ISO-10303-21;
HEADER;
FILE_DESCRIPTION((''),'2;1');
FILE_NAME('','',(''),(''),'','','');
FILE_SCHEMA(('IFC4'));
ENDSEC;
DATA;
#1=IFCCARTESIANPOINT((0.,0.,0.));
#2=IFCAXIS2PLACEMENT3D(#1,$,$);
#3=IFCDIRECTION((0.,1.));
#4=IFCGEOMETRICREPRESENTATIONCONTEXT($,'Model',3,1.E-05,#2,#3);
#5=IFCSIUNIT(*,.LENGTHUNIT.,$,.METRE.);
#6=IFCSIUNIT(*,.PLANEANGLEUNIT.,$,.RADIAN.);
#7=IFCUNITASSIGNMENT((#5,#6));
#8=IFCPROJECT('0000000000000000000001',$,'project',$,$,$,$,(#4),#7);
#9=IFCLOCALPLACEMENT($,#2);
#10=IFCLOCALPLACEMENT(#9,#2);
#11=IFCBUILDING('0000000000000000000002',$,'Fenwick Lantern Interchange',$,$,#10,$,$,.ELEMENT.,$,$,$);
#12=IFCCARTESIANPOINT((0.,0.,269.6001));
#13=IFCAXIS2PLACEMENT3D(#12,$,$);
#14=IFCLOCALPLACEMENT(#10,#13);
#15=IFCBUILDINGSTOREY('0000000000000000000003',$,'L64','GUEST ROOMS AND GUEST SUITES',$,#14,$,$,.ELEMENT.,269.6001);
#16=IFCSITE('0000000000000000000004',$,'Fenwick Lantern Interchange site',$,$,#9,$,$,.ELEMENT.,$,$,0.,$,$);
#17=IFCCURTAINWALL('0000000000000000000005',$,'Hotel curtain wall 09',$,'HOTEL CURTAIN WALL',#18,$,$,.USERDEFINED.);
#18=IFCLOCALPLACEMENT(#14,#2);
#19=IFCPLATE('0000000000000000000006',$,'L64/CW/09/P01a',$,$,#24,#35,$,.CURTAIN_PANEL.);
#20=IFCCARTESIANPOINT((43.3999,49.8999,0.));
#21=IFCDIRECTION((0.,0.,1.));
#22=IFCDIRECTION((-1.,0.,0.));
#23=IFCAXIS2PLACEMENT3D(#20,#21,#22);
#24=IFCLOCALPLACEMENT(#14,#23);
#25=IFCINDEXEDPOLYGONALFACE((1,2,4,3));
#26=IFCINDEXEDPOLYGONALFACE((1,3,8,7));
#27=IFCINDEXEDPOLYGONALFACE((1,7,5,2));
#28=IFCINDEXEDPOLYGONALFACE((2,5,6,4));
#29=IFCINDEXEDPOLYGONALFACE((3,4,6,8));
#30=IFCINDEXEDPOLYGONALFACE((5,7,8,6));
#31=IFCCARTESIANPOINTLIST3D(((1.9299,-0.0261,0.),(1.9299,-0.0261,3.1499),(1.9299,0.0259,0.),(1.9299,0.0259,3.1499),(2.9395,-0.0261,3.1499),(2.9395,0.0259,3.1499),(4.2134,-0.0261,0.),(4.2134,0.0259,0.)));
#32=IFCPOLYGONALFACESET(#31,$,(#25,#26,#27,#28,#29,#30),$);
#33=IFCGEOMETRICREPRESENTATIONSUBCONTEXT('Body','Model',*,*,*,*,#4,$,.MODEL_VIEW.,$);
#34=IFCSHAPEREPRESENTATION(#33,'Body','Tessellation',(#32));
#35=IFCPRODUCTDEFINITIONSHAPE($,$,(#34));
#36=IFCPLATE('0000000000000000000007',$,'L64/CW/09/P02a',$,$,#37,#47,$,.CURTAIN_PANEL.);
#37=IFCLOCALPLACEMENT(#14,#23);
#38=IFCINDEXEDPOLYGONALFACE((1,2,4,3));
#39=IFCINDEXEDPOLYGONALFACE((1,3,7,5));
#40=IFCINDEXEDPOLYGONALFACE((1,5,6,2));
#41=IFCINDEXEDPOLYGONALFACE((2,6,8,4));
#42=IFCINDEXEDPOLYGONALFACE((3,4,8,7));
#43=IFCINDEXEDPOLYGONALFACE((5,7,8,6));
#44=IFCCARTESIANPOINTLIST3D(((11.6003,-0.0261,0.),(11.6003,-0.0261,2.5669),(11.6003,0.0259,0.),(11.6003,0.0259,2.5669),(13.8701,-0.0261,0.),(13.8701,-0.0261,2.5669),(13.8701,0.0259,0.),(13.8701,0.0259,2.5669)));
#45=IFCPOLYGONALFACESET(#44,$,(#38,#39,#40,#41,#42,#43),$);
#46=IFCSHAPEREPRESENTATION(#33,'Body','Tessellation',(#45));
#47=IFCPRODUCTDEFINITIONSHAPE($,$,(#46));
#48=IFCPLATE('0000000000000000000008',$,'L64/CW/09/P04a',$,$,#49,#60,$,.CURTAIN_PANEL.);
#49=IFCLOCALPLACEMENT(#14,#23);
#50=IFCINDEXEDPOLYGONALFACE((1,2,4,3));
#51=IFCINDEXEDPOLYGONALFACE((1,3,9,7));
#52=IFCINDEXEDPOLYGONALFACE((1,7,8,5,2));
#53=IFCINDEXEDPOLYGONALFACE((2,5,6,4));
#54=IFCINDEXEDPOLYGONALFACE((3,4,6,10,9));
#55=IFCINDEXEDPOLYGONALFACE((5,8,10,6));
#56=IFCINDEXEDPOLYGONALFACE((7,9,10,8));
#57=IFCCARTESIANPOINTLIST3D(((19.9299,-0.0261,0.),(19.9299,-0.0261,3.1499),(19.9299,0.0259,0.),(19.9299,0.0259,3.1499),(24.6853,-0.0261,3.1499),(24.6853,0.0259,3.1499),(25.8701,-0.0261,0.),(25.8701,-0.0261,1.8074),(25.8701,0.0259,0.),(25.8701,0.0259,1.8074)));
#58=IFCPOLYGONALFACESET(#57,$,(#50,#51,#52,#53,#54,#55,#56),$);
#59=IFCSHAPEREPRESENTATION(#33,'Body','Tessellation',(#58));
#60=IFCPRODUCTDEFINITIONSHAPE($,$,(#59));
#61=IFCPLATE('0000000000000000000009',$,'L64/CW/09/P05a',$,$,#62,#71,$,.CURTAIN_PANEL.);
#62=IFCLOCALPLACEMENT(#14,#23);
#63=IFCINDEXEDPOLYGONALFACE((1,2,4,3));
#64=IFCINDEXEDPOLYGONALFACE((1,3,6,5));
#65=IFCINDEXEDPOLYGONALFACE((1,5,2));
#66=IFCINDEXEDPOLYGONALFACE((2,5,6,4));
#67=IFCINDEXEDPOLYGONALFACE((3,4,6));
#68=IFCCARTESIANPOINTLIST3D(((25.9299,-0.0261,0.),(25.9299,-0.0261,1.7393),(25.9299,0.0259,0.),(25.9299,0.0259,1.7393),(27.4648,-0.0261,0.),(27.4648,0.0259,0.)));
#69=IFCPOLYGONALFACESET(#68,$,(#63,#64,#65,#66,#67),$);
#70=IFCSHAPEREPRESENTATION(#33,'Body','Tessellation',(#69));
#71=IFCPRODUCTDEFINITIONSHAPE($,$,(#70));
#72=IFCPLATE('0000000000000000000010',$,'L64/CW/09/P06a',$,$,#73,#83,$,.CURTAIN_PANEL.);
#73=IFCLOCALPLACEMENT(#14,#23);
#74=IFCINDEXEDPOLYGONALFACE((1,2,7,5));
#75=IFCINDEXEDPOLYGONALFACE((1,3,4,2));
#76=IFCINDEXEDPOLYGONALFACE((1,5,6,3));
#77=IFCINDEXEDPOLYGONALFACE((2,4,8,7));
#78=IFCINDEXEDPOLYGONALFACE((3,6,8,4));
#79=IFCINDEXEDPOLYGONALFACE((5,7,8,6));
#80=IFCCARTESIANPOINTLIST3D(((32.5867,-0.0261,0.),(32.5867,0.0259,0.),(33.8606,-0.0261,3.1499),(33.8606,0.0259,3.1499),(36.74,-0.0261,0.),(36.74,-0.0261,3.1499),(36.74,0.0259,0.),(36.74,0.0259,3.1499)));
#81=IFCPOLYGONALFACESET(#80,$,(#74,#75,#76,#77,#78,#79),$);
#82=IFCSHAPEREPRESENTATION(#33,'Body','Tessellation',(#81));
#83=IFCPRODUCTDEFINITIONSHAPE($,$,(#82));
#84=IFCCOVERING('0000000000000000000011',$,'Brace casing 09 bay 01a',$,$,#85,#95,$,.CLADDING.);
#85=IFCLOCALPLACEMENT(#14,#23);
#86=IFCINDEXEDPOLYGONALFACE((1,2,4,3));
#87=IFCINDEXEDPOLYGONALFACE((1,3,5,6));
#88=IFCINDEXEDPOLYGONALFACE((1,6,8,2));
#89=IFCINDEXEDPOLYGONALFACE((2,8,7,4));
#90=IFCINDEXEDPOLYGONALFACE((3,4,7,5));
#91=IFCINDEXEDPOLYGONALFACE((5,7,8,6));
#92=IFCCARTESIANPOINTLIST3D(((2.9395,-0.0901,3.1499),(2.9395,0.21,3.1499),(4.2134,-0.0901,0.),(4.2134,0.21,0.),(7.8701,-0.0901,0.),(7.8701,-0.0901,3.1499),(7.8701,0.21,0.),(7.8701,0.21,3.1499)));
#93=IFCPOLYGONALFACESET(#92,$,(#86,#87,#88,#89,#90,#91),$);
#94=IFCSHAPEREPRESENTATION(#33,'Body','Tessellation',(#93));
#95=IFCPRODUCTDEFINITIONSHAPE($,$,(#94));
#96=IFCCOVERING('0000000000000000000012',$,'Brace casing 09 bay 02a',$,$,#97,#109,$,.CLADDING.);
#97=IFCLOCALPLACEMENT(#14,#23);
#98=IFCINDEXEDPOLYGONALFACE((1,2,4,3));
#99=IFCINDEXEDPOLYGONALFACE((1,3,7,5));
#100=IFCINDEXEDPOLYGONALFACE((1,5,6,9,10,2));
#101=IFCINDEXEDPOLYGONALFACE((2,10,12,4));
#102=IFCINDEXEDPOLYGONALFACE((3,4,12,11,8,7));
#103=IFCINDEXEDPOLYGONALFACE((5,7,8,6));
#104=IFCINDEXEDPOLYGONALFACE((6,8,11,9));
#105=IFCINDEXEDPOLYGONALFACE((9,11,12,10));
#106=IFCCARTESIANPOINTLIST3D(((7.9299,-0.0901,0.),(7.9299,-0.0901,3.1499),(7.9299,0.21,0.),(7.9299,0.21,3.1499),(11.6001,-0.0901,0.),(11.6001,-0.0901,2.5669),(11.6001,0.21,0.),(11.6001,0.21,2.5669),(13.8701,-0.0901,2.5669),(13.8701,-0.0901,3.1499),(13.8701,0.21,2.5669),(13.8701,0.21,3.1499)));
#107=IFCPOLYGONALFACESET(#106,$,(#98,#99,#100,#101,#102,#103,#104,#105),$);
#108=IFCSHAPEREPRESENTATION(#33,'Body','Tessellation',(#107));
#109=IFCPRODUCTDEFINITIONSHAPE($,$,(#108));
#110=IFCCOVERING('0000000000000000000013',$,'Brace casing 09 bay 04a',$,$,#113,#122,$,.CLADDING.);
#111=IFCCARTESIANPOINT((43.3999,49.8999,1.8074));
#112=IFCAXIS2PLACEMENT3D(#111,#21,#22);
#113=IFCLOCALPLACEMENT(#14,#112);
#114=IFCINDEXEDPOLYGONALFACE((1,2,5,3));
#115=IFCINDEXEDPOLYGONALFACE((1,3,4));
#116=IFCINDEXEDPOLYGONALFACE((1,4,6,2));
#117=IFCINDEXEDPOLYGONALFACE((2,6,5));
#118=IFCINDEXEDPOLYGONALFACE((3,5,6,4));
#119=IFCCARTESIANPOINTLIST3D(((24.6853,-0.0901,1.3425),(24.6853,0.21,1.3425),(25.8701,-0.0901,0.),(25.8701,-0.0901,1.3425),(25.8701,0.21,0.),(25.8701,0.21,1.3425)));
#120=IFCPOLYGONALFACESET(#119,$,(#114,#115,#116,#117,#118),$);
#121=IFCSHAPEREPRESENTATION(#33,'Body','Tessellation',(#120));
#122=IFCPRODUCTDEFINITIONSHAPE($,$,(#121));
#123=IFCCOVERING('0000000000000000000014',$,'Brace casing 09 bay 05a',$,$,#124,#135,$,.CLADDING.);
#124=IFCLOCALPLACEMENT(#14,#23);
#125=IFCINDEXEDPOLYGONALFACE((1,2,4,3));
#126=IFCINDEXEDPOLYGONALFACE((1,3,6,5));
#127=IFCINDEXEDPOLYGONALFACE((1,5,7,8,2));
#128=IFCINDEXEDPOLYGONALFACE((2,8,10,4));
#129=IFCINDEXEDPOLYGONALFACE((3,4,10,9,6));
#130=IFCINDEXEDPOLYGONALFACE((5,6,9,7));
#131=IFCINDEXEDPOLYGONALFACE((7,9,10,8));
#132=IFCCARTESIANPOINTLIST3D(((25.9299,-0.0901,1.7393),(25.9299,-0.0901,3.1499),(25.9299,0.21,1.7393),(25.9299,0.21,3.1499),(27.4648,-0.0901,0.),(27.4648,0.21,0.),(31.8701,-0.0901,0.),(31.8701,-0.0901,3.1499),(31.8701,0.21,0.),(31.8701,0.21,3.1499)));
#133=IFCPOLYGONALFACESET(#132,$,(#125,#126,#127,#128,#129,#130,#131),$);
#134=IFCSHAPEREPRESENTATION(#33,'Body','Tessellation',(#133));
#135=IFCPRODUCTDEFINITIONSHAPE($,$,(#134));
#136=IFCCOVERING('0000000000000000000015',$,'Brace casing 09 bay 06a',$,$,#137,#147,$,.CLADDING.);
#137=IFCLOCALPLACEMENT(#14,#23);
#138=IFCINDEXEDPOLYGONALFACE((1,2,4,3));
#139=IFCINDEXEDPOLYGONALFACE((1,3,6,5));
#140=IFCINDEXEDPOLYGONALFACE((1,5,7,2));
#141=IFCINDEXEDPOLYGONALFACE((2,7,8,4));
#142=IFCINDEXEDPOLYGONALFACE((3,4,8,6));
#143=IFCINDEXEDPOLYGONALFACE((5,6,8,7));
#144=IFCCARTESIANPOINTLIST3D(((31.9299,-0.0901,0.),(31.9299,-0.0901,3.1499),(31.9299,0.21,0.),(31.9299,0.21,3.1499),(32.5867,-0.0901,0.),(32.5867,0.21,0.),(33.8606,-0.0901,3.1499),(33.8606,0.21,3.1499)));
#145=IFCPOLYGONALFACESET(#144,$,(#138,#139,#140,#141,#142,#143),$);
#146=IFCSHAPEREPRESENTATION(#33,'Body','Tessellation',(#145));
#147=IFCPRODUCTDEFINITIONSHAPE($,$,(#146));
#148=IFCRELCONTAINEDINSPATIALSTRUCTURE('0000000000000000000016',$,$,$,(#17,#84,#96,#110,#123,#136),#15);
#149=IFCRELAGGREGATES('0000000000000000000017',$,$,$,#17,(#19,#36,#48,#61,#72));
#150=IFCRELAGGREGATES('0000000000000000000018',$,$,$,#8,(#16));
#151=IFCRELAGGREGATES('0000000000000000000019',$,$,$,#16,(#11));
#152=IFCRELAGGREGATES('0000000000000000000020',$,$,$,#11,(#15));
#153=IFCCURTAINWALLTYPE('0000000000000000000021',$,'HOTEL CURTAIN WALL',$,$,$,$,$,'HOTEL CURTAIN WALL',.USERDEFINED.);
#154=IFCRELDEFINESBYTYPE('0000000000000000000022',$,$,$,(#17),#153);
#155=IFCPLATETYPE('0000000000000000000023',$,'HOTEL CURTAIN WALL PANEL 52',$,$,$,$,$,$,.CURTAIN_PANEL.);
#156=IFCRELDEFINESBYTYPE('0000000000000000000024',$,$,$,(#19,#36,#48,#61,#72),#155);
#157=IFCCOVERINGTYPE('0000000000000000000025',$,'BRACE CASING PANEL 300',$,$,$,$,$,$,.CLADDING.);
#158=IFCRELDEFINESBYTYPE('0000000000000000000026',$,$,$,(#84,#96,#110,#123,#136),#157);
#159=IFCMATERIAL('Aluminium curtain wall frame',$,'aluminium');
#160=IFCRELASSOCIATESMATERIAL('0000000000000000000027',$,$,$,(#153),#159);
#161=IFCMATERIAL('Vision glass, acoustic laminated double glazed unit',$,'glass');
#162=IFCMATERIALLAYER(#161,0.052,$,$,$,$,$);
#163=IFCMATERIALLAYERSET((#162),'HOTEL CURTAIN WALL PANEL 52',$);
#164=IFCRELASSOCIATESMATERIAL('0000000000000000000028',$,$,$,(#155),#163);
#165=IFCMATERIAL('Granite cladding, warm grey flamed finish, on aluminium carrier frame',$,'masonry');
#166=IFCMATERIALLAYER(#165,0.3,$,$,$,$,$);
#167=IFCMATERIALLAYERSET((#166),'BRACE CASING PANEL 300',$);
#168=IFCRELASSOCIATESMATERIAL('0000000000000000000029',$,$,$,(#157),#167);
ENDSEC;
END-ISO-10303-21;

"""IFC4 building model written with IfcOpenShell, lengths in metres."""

from ifc_helpers import new_model, si_unit, direction, frame, origin, place, context, subcontext, project, spatial, polyline, outline, extrude, material, layer, layer_set, type_object, element, aggregate, save


model = new_model("IFC4")

# Units and contexts
model_context = context("Model", 3, precision=1e-05, world=origin(), true_north=direction((0.0, 1.0)))
body_context = subcontext(model_context, "Body", "Model", "MODEL_VIEW")
ifc_project = project(units=[si_unit("LENGTHUNIT", "METRE"), si_unit("PLANEANGLEUNIT", "RADIAN")], contexts=[model_context])

# Site, building, storey
site_placement = place(None, origin())
site = spatial("IfcSite", under=ifc_project, at=site_placement, Name="Fenwick Lantern Interchange site", CompositionType="ELEMENT", RefElevation=0.0)
building_placement = place(site_placement, origin())
building = spatial("IfcBuilding", under=site, at=building_placement, Name="Fenwick Lantern Interchange", CompositionType="ELEMENT")
storey_placement = place(building_placement, frame((0.0, 0.0, 269.6001)))
storey = spatial("IfcBuildingStorey", under=building, at=storey_placement, Name="L64", Description="GUEST ROOMS AND GUEST SUITES", CompositionType="ELEMENT", Elevation=269.6001)

# Curtain wall
ifc_material_1 = material(Name="Aluminium curtain wall frame", Category="aluminium")
curtain_wall_type = type_object("IfcCurtainWallType", Name="HOTEL CURTAIN WALL", ElementType="HOTEL CURTAIN WALL", PredefinedType="USERDEFINED", material=ifc_material_1)
curtain_wall_1_placement = place(storey_placement, origin())
curtain_wall_1 = element("IfcCurtainWall", 1, at=curtain_wall_1_placement, inside=storey, type_object=curtain_wall_type, Name="Hotel curtain wall 09", ObjectType="HOTEL CURTAIN WALL", PredefinedType="USERDEFINED")

# Plates
ifc_material_2 = material(Name="Vision glass, acoustic laminated double glazed unit", Category="glass")
ifc_layer_1 = layer(ifc_material_2, 0.052)
ifc_layer_set_1 = layer_set([ifc_layer_1], Name="HOTEL CURTAIN WALL PANEL 52")
plate_type = type_object("IfcPlateType", Name="HOTEL CURTAIN WALL PANEL 52", PredefinedType="CURTAIN_PANEL", material=ifc_layer_set_1)
plate_1_placement = place(storey_placement, frame((43.3999, 49.8999, 0.0), z_axis=(0.0, 0.0, 1.0), x_axis=(-1.0, 0.0, 0.0)))
plate_1 = element("IfcPlate", 2, at=plate_1_placement, type_object=plate_type, Name="L64/CW/09/P01a", PredefinedType="CURTAIN_PANEL", context=body_context, shape_type="SweptSolid", body=[
    extrude(outline(polyline([(1.9299, 0.0), (4.2134, 0.0), (2.9395, 3.1499), (1.9299, 3.1499), (1.9299, 0.0)])), frame((0.0, 0.0259, 0.0), z_axis=(0.0, -1.0, 0.0), x_axis=(1.0, 0.0, 0.0)), (0.0, 0.0, 1.0), 0.052),
])
plate_2_placement = place(storey_placement, frame((43.3999, 49.8999, 0.0), z_axis=(0.0, 0.0, 1.0), x_axis=(-1.0, 0.0, 0.0)))
plate_2 = element("IfcPlate", 3, at=plate_2_placement, type_object=plate_type, Name="L64/CW/09/P02a", PredefinedType="CURTAIN_PANEL", context=body_context, shape_type="SweptSolid", body=[
    extrude(outline(polyline([(11.6003, 0.0), (13.8701, 0.0), (13.8701, 2.5669), (11.6003, 2.5669), (11.6003, 0.0)])), frame((0.0, 0.0259, 0.0), z_axis=(0.0, -1.0, 0.0), x_axis=(1.0, 0.0, 0.0)), (0.0, 0.0, 1.0), 0.052),
])
plate_3_placement = place(storey_placement, frame((43.3999, 49.8999, 0.0), z_axis=(0.0, 0.0, 1.0), x_axis=(-1.0, 0.0, 0.0)))
plate_3 = element("IfcPlate", 4, at=plate_3_placement, type_object=plate_type, Name="L64/CW/09/P04a", PredefinedType="CURTAIN_PANEL", context=body_context, shape_type="SweptSolid", body=[
    extrude(outline(polyline([(19.9299, 0.0), (25.8701, 0.0), (25.8701, 1.8074), (24.6853, 3.1499), (19.9299, 3.1499), (19.9299, 0.0)])), frame((0.0, 0.0259, 0.0), z_axis=(0.0, -1.0, 0.0), x_axis=(1.0, 0.0, 0.0)), (0.0, 0.0, 1.0), 0.052),
])
plate_4_placement = place(storey_placement, frame((43.3999, 49.8999, 0.0), z_axis=(0.0, 0.0, 1.0), x_axis=(-1.0, 0.0, 0.0)))
plate_4 = element("IfcPlate", 5, at=plate_4_placement, type_object=plate_type, Name="L64/CW/09/P05a", PredefinedType="CURTAIN_PANEL", context=body_context, shape_type="SweptSolid", body=[
    extrude(outline(polyline([(25.9299, 0.0), (27.4648, 0.0), (25.9299, 1.7393), (25.9299, 0.0)])), frame((0.0, 0.0259, 0.0), z_axis=(0.0, -1.0, 0.0), x_axis=(1.0, 0.0, 0.0)), (0.0, 0.0, 1.0), 0.052),
])
plate_5_placement = place(storey_placement, frame((43.3999, 49.8999, 0.0), z_axis=(0.0, 0.0, 1.0), x_axis=(-1.0, 0.0, 0.0)))
plate_5 = element("IfcPlate", 6, at=plate_5_placement, type_object=plate_type, Name="L64/CW/09/P06a", PredefinedType="CURTAIN_PANEL", context=body_context, shape_type="SweptSolid", body=[
    extrude(outline(polyline([(32.5867, 0.0), (36.74, 0.0), (36.74, 3.1499), (33.8606, 3.1499), (32.5867, 0.0)])), frame((0.0, 0.0259, 0.0), z_axis=(0.0, -1.0, 0.0), x_axis=(1.0, 0.0, 0.0)), (0.0, 0.0, 1.0), 0.052),
])
aggregate(curtain_wall_1, [plate_1, plate_2, plate_3, plate_4, plate_5])

# Coverings
ifc_material_3 = material(Name="Granite cladding, warm grey flamed finish, on aluminium carrier frame", Category="masonry")
ifc_layer_2 = layer(ifc_material_3, 0.3)
ifc_layer_set_2 = layer_set([ifc_layer_2], Name="BRACE CASING PANEL 300")
covering_type = type_object("IfcCoveringType", Name="BRACE CASING PANEL 300", PredefinedType="CLADDING", material=ifc_layer_set_2)
covering_1_placement = place(storey_placement, frame((43.3999, 49.8999, 0.0), z_axis=(0.0, 0.0, 1.0), x_axis=(-1.0, 0.0, 0.0)))
element("IfcCovering", 7, at=covering_1_placement, inside=storey, type_object=covering_type, Name="Brace casing 09 bay 01a", PredefinedType="CLADDING", context=body_context, shape_type="SweptSolid", body=[
    extrude(outline(polyline([(4.2134, 0.0), (7.8701, 0.0), (7.8701, 3.1499), (2.9395, 3.1499), (4.2134, 0.0)])), frame((0.0, 0.21, 0.0), z_axis=(0.0, -1.0, 0.0), x_axis=(1.0, 0.0, 0.0)), (0.0, 0.0, 1.0), 0.3),
])
covering_2_placement = place(storey_placement, frame((43.3999, 49.8999, 0.0), z_axis=(0.0, 0.0, 1.0), x_axis=(-1.0, 0.0, 0.0)))
element("IfcCovering", 8, at=covering_2_placement, inside=storey, type_object=covering_type, Name="Brace casing 09 bay 02a", PredefinedType="CLADDING", context=body_context, shape_type="SweptSolid", body=[
    extrude(outline(polyline([(7.9299, 0.0), (11.6001, 0.0), (11.6001, 2.5669), (13.8701, 2.5669), (13.8701, 3.1499), (7.9299, 3.1499), (7.9299, 0.0)])), frame((0.0, 0.21, 0.0), z_axis=(0.0, -1.0, 0.0), x_axis=(1.0, 0.0, 0.0)), (0.0, 0.0, 1.0), 0.3),
])
covering_3_placement = place(storey_placement, frame((43.3999, 49.8999, 1.8074), z_axis=(0.0, 0.0, 1.0), x_axis=(-1.0, 0.0, 0.0)))
element("IfcCovering", 9, at=covering_3_placement, inside=storey, type_object=covering_type, Name="Brace casing 09 bay 04a", PredefinedType="CLADDING", context=body_context, shape_type="SweptSolid", body=[
    extrude(outline(polyline([(25.8701, 0.0), (25.8701, 1.3425), (24.6853, 1.3425), (25.8701, 0.0)])), frame((0.0, 0.21, 0.0), z_axis=(0.0, -1.0, 0.0), x_axis=(1.0, 0.0, 0.0)), (0.0, 0.0, 1.0), 0.3),
])
covering_4_placement = place(storey_placement, frame((43.3999, 49.8999, 0.0), z_axis=(0.0, 0.0, 1.0), x_axis=(-1.0, 0.0, 0.0)))
element("IfcCovering", 10, at=covering_4_placement, inside=storey, type_object=covering_type, Name="Brace casing 09 bay 05a", PredefinedType="CLADDING", context=body_context, shape_type="SweptSolid", body=[
    extrude(outline(polyline([(27.4648, 0.0), (31.8701, 0.0), (31.8701, 3.1499), (25.9299, 3.1499), (25.9299, 1.7393), (27.4648, 0.0)])), frame((0.0, 0.21, 0.0), z_axis=(0.0, -1.0, 0.0), x_axis=(1.0, 0.0, 0.0)), (0.0, 0.0, 1.0), 0.3),
])
covering_5_placement = place(storey_placement, frame((43.3999, 49.8999, 0.0), z_axis=(0.0, 0.0, 1.0), x_axis=(-1.0, 0.0, 0.0)))
element("IfcCovering", 11, at=covering_5_placement, inside=storey, type_object=covering_type, Name="Brace casing 09 bay 06a", PredefinedType="CLADDING", context=body_context, shape_type="SweptSolid", body=[
    extrude(outline(polyline([(31.9299, 0.0), (32.5867, 0.0), (33.8606, 3.1499), (31.9299, 3.1499), (31.9299, 0.0)])), frame((0.0, 0.21, 0.0), z_axis=(0.0, -1.0, 0.0), x_axis=(1.0, 0.0, 0.0)), (0.0, 0.0, 1.0), 0.3),
])

save(model, "model.ifc")
